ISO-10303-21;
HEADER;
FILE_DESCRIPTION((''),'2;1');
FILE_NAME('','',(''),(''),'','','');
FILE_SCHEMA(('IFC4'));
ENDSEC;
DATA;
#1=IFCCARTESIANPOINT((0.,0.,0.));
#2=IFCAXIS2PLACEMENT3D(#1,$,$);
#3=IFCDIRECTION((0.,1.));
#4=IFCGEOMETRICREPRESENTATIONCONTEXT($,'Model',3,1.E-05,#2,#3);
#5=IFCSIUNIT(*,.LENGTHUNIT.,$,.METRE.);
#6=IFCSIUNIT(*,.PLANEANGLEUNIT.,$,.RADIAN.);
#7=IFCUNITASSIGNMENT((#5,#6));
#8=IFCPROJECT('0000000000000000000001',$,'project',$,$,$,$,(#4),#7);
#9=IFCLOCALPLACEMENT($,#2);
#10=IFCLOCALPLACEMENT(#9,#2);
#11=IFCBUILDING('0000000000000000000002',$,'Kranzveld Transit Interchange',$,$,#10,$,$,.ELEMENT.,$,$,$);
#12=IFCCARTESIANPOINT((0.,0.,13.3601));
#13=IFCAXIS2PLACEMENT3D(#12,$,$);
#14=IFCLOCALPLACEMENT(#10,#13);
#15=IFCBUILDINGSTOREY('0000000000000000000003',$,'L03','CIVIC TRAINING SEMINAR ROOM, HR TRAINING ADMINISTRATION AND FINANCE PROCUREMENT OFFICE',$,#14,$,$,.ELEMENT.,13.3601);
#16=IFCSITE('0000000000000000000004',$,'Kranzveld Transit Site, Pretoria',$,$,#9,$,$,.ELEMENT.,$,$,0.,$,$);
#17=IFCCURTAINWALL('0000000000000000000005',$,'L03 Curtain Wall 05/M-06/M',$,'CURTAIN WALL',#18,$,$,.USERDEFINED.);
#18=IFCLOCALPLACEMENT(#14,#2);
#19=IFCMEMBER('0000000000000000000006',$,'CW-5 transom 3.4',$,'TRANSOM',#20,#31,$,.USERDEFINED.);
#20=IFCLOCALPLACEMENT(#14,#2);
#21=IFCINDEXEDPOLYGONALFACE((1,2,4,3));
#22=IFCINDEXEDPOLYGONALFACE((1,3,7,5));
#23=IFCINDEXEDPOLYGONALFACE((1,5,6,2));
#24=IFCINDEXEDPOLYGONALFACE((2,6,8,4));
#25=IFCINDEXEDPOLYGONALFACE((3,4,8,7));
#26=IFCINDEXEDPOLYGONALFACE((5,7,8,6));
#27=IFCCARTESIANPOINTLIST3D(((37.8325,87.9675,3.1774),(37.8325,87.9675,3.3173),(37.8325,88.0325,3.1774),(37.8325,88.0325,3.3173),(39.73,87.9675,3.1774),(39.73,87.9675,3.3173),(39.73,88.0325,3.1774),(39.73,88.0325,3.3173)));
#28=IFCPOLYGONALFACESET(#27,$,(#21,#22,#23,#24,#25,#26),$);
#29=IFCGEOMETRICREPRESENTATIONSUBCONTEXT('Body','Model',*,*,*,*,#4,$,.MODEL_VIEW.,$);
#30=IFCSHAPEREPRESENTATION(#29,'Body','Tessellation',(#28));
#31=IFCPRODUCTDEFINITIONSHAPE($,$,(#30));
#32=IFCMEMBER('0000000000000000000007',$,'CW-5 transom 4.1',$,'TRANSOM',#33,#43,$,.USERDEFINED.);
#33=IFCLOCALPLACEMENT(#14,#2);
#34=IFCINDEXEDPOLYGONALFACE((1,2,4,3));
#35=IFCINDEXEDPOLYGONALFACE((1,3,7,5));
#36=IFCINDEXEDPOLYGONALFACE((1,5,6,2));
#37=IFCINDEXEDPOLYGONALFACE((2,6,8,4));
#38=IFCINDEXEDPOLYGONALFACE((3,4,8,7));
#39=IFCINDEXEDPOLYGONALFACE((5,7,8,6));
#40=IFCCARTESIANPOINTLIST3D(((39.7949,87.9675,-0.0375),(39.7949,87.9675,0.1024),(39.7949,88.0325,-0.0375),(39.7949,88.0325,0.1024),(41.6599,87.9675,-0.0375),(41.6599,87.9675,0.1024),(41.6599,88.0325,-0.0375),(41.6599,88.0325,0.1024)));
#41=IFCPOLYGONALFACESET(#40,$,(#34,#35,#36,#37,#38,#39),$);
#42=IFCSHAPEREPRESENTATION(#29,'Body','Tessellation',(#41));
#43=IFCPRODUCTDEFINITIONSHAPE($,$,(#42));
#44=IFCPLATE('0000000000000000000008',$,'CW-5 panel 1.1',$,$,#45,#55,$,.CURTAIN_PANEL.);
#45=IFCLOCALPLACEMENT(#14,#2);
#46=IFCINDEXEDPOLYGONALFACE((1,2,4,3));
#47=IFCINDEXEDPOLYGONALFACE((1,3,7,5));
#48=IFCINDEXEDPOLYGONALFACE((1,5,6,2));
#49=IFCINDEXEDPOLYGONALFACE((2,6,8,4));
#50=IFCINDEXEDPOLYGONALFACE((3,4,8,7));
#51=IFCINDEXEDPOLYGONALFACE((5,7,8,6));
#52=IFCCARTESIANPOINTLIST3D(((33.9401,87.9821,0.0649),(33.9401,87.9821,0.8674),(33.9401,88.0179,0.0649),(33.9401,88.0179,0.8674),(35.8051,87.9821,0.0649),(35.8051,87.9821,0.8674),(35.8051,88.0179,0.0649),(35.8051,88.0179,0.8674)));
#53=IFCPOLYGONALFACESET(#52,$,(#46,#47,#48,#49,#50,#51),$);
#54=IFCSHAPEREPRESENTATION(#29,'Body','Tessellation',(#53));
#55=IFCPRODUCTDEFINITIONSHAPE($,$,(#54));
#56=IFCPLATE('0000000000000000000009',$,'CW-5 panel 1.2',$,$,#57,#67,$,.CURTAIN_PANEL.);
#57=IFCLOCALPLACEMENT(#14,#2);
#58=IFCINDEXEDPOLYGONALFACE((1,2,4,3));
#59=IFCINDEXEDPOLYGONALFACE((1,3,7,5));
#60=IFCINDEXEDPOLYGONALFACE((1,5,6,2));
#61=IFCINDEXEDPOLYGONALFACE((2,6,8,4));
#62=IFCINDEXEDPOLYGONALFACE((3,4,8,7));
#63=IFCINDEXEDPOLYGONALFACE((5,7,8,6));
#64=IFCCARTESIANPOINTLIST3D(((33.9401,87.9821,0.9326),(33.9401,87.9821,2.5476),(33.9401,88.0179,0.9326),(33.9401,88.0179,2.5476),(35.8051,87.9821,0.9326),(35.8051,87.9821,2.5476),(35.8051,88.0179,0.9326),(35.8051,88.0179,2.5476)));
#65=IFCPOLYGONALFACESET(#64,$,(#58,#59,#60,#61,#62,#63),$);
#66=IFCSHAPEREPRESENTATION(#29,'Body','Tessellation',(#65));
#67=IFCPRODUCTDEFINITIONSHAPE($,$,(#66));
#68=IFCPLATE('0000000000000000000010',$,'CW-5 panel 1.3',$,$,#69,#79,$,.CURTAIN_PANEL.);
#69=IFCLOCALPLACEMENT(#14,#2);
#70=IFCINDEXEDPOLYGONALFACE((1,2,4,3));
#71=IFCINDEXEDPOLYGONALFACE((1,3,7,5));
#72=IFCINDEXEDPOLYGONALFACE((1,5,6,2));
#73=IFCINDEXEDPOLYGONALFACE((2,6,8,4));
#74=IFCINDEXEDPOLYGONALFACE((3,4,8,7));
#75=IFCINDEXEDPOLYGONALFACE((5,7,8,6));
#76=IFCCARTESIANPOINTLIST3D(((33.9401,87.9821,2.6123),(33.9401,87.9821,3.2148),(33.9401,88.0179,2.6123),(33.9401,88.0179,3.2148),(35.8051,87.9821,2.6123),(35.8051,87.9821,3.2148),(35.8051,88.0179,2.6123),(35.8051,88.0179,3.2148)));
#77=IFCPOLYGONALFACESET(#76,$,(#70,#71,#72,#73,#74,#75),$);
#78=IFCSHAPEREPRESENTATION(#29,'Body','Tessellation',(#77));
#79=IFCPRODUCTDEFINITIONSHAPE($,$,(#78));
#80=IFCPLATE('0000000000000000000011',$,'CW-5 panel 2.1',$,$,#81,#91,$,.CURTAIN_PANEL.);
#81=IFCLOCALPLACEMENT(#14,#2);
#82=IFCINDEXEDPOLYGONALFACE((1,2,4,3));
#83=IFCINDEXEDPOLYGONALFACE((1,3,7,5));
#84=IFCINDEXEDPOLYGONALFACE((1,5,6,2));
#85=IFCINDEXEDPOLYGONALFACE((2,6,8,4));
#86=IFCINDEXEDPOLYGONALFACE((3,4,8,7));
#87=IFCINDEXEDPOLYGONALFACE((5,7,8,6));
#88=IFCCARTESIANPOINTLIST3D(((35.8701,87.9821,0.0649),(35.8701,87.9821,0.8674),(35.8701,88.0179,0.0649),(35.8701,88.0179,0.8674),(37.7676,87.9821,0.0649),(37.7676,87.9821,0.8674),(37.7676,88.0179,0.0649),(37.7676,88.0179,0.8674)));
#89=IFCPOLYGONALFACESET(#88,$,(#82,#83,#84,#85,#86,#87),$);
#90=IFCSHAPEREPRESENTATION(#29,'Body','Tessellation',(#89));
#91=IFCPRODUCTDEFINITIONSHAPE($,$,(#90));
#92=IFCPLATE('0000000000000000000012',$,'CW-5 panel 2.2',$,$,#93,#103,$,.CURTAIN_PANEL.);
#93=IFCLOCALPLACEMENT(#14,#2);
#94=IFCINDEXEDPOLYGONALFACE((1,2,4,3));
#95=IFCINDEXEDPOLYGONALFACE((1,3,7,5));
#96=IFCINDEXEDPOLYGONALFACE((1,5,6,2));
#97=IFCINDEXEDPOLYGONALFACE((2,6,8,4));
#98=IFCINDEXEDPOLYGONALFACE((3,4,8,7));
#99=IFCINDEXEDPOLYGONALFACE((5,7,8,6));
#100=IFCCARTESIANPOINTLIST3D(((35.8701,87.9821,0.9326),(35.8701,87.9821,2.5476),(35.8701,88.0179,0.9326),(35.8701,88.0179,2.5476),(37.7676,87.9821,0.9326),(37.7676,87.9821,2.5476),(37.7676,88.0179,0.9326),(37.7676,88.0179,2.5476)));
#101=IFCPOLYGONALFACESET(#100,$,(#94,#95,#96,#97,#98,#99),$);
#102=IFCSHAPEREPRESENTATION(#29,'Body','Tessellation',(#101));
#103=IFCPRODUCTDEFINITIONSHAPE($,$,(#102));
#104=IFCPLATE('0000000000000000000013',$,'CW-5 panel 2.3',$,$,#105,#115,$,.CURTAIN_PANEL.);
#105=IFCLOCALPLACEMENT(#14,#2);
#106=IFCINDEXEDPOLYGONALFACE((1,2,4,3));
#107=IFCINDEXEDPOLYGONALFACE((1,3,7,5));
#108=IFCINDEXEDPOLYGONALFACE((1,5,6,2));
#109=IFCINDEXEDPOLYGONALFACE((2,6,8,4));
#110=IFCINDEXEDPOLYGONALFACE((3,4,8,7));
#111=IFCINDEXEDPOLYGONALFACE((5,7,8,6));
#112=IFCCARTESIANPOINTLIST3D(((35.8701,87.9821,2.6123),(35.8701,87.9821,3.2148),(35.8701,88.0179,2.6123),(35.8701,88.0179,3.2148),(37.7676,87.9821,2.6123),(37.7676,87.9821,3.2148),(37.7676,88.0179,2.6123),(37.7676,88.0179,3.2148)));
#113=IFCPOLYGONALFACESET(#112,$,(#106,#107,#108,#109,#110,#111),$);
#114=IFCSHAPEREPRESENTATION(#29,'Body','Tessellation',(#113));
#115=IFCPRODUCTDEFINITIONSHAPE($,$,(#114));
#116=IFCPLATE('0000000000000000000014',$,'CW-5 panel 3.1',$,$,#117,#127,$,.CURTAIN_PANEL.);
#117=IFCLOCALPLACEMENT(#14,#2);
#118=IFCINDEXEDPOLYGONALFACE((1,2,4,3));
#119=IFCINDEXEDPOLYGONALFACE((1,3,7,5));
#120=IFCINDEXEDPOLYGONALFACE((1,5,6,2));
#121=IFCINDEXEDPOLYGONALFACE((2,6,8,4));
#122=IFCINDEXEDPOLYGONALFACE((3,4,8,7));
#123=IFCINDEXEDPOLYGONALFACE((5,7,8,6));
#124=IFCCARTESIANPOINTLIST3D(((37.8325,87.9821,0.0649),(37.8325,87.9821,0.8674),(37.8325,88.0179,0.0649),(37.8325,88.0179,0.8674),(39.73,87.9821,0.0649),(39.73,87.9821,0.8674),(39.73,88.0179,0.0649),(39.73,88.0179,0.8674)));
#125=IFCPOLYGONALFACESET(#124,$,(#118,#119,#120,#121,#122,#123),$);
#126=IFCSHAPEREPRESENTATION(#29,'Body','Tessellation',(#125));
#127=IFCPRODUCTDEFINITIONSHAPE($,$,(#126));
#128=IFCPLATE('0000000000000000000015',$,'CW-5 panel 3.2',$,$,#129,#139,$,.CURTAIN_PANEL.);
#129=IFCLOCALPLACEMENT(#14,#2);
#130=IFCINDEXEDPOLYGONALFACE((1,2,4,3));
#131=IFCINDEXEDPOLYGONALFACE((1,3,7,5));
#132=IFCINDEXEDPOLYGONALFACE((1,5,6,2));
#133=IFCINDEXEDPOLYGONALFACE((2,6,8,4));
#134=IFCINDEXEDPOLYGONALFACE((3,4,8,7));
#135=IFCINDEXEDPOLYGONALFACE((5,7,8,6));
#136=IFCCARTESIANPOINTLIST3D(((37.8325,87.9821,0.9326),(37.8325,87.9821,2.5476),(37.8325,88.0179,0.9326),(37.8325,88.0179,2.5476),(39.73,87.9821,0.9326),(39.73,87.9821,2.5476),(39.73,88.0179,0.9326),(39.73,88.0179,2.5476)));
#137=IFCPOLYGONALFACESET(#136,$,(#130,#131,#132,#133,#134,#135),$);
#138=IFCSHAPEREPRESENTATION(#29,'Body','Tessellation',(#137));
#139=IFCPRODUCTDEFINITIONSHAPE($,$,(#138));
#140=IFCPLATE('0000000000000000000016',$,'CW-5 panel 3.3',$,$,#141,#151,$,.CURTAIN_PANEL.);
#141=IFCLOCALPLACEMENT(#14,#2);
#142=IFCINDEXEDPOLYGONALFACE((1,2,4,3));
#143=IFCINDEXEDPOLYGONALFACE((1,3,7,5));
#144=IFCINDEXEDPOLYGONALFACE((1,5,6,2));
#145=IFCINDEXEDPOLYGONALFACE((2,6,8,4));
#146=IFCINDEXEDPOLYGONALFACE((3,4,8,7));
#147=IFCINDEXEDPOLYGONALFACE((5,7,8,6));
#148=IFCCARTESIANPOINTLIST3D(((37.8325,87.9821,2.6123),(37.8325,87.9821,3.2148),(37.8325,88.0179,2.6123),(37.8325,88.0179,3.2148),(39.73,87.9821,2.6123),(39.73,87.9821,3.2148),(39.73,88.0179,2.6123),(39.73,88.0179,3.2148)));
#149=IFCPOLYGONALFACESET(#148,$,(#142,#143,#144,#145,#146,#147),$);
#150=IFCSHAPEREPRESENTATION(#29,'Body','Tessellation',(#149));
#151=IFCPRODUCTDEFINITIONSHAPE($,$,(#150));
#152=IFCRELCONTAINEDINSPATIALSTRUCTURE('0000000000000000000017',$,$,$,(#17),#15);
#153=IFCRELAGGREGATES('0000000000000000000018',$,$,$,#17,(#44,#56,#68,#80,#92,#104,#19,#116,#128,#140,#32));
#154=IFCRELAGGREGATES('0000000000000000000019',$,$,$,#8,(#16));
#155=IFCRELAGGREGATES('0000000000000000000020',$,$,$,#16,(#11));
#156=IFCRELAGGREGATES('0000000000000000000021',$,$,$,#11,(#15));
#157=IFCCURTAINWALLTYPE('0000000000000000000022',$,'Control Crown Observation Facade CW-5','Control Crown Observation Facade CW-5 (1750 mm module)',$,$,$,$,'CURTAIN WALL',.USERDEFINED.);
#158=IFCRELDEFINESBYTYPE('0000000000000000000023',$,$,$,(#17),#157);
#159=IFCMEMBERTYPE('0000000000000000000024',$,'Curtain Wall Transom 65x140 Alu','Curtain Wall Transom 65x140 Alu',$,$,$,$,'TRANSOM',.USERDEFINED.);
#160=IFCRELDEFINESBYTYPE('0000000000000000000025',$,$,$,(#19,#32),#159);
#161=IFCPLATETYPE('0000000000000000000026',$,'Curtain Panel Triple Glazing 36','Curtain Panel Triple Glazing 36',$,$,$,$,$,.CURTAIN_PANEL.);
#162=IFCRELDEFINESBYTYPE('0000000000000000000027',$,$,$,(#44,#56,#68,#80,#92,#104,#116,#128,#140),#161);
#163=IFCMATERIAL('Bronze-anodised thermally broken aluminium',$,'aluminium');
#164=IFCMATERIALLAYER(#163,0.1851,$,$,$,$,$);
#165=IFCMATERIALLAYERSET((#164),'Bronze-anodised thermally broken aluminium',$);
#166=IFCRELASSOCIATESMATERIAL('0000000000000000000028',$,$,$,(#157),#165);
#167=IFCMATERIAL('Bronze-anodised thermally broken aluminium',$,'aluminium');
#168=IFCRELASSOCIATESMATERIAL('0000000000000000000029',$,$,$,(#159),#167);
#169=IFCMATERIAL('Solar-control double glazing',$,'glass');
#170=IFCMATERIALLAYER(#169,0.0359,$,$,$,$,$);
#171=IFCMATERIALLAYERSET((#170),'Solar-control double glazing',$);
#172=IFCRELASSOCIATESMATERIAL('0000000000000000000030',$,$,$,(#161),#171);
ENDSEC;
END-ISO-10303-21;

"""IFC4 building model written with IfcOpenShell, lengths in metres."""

from ifc_helpers import new_model, si_unit, direction, frame, origin, origin_2d, place, context, subcontext, project, spatial, rectangle, extrude, material, layer, layer_set, material_profile, profile_set, type_object, element, aggregate, save


model = new_model("IFC4")

# Units and contexts
model_context = context("Model", 3, precision=1e-05, world=origin(), true_north=direction((0.0, 1.0)))
body_context = subcontext(model_context, "Body", "Model", "MODEL_VIEW")
ifc_project = project(units=[si_unit("LENGTHUNIT", "METRE"), si_unit("PLANEANGLEUNIT", "RADIAN")], contexts=[model_context])

# Site, building, storey
site_placement = place(None, origin())
site = spatial("IfcSite", under=ifc_project, at=site_placement, Name="Kranzveld Transit Site, Pretoria", CompositionType="ELEMENT", RefElevation=0.0)
building_placement = place(site_placement, origin())
building = spatial("IfcBuilding", under=site, at=building_placement, Name="Kranzveld Transit Interchange", CompositionType="ELEMENT")
storey_placement = place(building_placement, frame((0.0, 0.0, 13.3601)))
storey = spatial("IfcBuildingStorey", under=building, at=storey_placement, Name="L03", Description="CIVIC TRAINING SEMINAR ROOM, HR TRAINING ADMINISTRATION AND FINANCE PROCUREMENT OFFICE", CompositionType="ELEMENT", Elevation=13.3601)

# Curtain wall, members, plates
ifc_material_1 = material(Name="Bronze-anodised thermally broken aluminium", Category="aluminium")
ifc_layer_1 = layer(ifc_material_1, 0.1851)
ifc_layer_set_1 = layer_set([ifc_layer_1], Name="Bronze-anodised thermally broken aluminium")
curtain_wall_type = type_object("IfcCurtainWallType", Name="Control Crown Observation Facade CW-5", Description="Control Crown Observation Facade CW-5 (1750 mm module)", ElementType="CURTAIN WALL", PredefinedType="USERDEFINED", material=ifc_layer_set_1)
curtain_wall_placement = place(storey_placement, origin())
curtain_wall = element("IfcCurtainWall", 1, at=curtain_wall_placement, inside=storey, type_object=curtain_wall_type, Name="L03 Curtain Wall 05/M-06/M", ObjectType="CURTAIN WALL", PredefinedType="USERDEFINED")
ifc_material_2 = material(Name="Bronze-anodised thermally broken aluminium", Category="aluminium")
ifc_material_profile_1 = material_profile(ifc_material_2, rectangle(XDim=0.0649, YDim=0.1399, at=origin_2d()), Name="ALU TRANSOM 65x140")
ifc_profile_set_1 = profile_set([ifc_material_profile_1], Name="Bronze-anodised thermally broken aluminium")
member_type_1 = type_object("IfcMemberType", Name="Curtain Wall Transom 65x140 Alu", Description="Curtain Wall Transom 65x140 Alu", ElementType="TRANSOM", PredefinedType="USERDEFINED", material=ifc_profile_set_1)
member_1_placement = place(storey_placement, frame((37.8325, 88.0, 3.2473), z_axis=(1.0, 0.0, 0.0), x_axis=(0.0, 1.0, 0.0)))
member_1 = element("IfcMember", 2, at=member_1_placement, type_object=member_type_1, Name="CW-5 transom 3.4", ObjectType="TRANSOM", PredefinedType="USERDEFINED", context=body_context, shape_type="SweptSolid", body=[
    extrude(rectangle(XDim=0.0649, YDim=0.1399, at=origin_2d()), origin(), (0.0, 0.0, 1.0), 1.8975),
])
member_2_placement = place(storey_placement, frame((39.7949, 88.0, 0.0325), z_axis=(1.0, 0.0, 0.0), x_axis=(0.0, 1.0, 0.0)))
member_2 = element("IfcMember", 3, at=member_2_placement, type_object=member_type_1, Name="CW-5 transom 4.1", ObjectType="TRANSOM", PredefinedType="USERDEFINED", context=body_context, shape_type="SweptSolid", body=[
    extrude(rectangle(XDim=0.0649, YDim=0.1399, at=origin_2d()), origin(), (0.0, 0.0, 1.0), 1.865),
])
ifc_material_3 = material(Name="Solar-control double glazing", Category="glass")
ifc_layer_2 = layer(ifc_material_3, 0.0359)
ifc_layer_set_2 = layer_set([ifc_layer_2], Name="Solar-control double glazing")
plate_type = type_object("IfcPlateType", Name="Curtain Panel Triple Glazing 36", Description="Curtain Panel Triple Glazing 36", PredefinedType="CURTAIN_PANEL", material=ifc_layer_set_2)
plate_1_placement = place(storey_placement, frame((34.8726, 88.0, 0.0649), z_axis=(0.0, 0.0, 1.0), x_axis=(1.0, 0.0, 0.0)))
plate_1 = element("IfcPlate", 4, at=plate_1_placement, type_object=plate_type, Name="CW-5 panel 1.1", PredefinedType="CURTAIN_PANEL", context=body_context, shape_type="SweptSolid", body=[
    extrude(rectangle(XDim=1.865, YDim=0.0359, at=origin_2d()), origin(), (0.0, 0.0, 1.0), 0.8025),
])
plate_2_placement = place(storey_placement, frame((34.8726, 88.0, 0.9326), z_axis=(0.0, 0.0, 1.0), x_axis=(1.0, 0.0, 0.0)))
plate_2 = element("IfcPlate", 5, at=plate_2_placement, type_object=plate_type, Name="CW-5 panel 1.2", PredefinedType="CURTAIN_PANEL", context=body_context, shape_type="SweptSolid", body=[
    extrude(rectangle(XDim=1.865, YDim=0.0359, at=origin_2d()), origin(), (0.0, 0.0, 1.0), 1.615),
])
plate_3_placement = place(storey_placement, frame((34.8726, 88.0, 2.6123), z_axis=(0.0, 0.0, 1.0), x_axis=(1.0, 0.0, 0.0)))
plate_3 = element("IfcPlate", 6, at=plate_3_placement, type_object=plate_type, Name="CW-5 panel 1.3", PredefinedType="CURTAIN_PANEL", context=body_context, shape_type="SweptSolid", body=[
    extrude(rectangle(XDim=1.865, YDim=0.0359, at=origin_2d()), origin(), (0.0, 0.0, 1.0), 0.6025),
])
plate_4_placement = place(storey_placement, frame((36.8188, 88.0, 0.0649), z_axis=(0.0, 0.0, 1.0), x_axis=(1.0, 0.0, 0.0)))
plate_4 = element("IfcPlate", 7, at=plate_4_placement, type_object=plate_type, Name="CW-5 panel 2.1", PredefinedType="CURTAIN_PANEL", context=body_context, shape_type="SweptSolid", body=[
    extrude(rectangle(XDim=1.8975, YDim=0.0359, at=origin_2d()), origin(), (0.0, 0.0, 1.0), 0.8025),
])
plate_5_placement = place(storey_placement, frame((36.8188, 88.0, 0.9326), z_axis=(0.0, 0.0, 1.0), x_axis=(1.0, 0.0, 0.0)))
plate_5 = element("IfcPlate", 8, at=plate_5_placement, type_object=plate_type, Name="CW-5 panel 2.2", PredefinedType="CURTAIN_PANEL", context=body_context, shape_type="SweptSolid", body=[
    extrude(rectangle(XDim=1.8975, YDim=0.0359, at=origin_2d()), origin(), (0.0, 0.0, 1.0), 1.615),
])
plate_6_placement = place(storey_placement, frame((36.8188, 88.0, 2.6123), z_axis=(0.0, 0.0, 1.0), x_axis=(1.0, 0.0, 0.0)))
plate_6 = element("IfcPlate", 9, at=plate_6_placement, type_object=plate_type, Name="CW-5 panel 2.3", PredefinedType="CURTAIN_PANEL", context=body_context, shape_type="SweptSolid", body=[
    extrude(rectangle(XDim=1.8975, YDim=0.0359, at=origin_2d()), origin(), (0.0, 0.0, 1.0), 0.6025),
])
plate_7_placement = place(storey_placement, frame((38.7812, 88.0, 0.0649), z_axis=(0.0, 0.0, 1.0), x_axis=(1.0, 0.0, 0.0)))
plate_7 = element("IfcPlate", 10, at=plate_7_placement, type_object=plate_type, Name="CW-5 panel 3.1", PredefinedType="CURTAIN_PANEL", context=body_context, shape_type="SweptSolid", body=[
    extrude(rectangle(XDim=1.8975, YDim=0.0359, at=origin_2d()), origin(), (0.0, 0.0, 1.0), 0.8025),
])
plate_8_placement = place(storey_placement, frame((38.7812, 88.0, 0.9326), z_axis=(0.0, 0.0, 1.0), x_axis=(1.0, 0.0, 0.0)))
plate_8 = element("IfcPlate", 11, at=plate_8_placement, type_object=plate_type, Name="CW-5 panel 3.2", PredefinedType="CURTAIN_PANEL", context=body_context, shape_type="SweptSolid", body=[
    extrude(rectangle(XDim=1.8975, YDim=0.0359, at=origin_2d()), origin(), (0.0, 0.0, 1.0), 1.615),
])
plate_9_placement = place(storey_placement, frame((38.7812, 88.0, 2.6123), z_axis=(0.0, 0.0, 1.0), x_axis=(1.0, 0.0, 0.0)))
plate_9 = element("IfcPlate", 12, at=plate_9_placement, type_object=plate_type, Name="CW-5 panel 3.3", PredefinedType="CURTAIN_PANEL", context=body_context, shape_type="SweptSolid", body=[
    extrude(rectangle(XDim=1.8975, YDim=0.0359, at=origin_2d()), origin(), (0.0, 0.0, 1.0), 0.6025),
])
aggregate(curtain_wall, [plate_1, plate_2, plate_3, plate_4, plate_5, plate_6, member_1, plate_7, plate_8, plate_9, member_2])

save(model, "model.ifc")
